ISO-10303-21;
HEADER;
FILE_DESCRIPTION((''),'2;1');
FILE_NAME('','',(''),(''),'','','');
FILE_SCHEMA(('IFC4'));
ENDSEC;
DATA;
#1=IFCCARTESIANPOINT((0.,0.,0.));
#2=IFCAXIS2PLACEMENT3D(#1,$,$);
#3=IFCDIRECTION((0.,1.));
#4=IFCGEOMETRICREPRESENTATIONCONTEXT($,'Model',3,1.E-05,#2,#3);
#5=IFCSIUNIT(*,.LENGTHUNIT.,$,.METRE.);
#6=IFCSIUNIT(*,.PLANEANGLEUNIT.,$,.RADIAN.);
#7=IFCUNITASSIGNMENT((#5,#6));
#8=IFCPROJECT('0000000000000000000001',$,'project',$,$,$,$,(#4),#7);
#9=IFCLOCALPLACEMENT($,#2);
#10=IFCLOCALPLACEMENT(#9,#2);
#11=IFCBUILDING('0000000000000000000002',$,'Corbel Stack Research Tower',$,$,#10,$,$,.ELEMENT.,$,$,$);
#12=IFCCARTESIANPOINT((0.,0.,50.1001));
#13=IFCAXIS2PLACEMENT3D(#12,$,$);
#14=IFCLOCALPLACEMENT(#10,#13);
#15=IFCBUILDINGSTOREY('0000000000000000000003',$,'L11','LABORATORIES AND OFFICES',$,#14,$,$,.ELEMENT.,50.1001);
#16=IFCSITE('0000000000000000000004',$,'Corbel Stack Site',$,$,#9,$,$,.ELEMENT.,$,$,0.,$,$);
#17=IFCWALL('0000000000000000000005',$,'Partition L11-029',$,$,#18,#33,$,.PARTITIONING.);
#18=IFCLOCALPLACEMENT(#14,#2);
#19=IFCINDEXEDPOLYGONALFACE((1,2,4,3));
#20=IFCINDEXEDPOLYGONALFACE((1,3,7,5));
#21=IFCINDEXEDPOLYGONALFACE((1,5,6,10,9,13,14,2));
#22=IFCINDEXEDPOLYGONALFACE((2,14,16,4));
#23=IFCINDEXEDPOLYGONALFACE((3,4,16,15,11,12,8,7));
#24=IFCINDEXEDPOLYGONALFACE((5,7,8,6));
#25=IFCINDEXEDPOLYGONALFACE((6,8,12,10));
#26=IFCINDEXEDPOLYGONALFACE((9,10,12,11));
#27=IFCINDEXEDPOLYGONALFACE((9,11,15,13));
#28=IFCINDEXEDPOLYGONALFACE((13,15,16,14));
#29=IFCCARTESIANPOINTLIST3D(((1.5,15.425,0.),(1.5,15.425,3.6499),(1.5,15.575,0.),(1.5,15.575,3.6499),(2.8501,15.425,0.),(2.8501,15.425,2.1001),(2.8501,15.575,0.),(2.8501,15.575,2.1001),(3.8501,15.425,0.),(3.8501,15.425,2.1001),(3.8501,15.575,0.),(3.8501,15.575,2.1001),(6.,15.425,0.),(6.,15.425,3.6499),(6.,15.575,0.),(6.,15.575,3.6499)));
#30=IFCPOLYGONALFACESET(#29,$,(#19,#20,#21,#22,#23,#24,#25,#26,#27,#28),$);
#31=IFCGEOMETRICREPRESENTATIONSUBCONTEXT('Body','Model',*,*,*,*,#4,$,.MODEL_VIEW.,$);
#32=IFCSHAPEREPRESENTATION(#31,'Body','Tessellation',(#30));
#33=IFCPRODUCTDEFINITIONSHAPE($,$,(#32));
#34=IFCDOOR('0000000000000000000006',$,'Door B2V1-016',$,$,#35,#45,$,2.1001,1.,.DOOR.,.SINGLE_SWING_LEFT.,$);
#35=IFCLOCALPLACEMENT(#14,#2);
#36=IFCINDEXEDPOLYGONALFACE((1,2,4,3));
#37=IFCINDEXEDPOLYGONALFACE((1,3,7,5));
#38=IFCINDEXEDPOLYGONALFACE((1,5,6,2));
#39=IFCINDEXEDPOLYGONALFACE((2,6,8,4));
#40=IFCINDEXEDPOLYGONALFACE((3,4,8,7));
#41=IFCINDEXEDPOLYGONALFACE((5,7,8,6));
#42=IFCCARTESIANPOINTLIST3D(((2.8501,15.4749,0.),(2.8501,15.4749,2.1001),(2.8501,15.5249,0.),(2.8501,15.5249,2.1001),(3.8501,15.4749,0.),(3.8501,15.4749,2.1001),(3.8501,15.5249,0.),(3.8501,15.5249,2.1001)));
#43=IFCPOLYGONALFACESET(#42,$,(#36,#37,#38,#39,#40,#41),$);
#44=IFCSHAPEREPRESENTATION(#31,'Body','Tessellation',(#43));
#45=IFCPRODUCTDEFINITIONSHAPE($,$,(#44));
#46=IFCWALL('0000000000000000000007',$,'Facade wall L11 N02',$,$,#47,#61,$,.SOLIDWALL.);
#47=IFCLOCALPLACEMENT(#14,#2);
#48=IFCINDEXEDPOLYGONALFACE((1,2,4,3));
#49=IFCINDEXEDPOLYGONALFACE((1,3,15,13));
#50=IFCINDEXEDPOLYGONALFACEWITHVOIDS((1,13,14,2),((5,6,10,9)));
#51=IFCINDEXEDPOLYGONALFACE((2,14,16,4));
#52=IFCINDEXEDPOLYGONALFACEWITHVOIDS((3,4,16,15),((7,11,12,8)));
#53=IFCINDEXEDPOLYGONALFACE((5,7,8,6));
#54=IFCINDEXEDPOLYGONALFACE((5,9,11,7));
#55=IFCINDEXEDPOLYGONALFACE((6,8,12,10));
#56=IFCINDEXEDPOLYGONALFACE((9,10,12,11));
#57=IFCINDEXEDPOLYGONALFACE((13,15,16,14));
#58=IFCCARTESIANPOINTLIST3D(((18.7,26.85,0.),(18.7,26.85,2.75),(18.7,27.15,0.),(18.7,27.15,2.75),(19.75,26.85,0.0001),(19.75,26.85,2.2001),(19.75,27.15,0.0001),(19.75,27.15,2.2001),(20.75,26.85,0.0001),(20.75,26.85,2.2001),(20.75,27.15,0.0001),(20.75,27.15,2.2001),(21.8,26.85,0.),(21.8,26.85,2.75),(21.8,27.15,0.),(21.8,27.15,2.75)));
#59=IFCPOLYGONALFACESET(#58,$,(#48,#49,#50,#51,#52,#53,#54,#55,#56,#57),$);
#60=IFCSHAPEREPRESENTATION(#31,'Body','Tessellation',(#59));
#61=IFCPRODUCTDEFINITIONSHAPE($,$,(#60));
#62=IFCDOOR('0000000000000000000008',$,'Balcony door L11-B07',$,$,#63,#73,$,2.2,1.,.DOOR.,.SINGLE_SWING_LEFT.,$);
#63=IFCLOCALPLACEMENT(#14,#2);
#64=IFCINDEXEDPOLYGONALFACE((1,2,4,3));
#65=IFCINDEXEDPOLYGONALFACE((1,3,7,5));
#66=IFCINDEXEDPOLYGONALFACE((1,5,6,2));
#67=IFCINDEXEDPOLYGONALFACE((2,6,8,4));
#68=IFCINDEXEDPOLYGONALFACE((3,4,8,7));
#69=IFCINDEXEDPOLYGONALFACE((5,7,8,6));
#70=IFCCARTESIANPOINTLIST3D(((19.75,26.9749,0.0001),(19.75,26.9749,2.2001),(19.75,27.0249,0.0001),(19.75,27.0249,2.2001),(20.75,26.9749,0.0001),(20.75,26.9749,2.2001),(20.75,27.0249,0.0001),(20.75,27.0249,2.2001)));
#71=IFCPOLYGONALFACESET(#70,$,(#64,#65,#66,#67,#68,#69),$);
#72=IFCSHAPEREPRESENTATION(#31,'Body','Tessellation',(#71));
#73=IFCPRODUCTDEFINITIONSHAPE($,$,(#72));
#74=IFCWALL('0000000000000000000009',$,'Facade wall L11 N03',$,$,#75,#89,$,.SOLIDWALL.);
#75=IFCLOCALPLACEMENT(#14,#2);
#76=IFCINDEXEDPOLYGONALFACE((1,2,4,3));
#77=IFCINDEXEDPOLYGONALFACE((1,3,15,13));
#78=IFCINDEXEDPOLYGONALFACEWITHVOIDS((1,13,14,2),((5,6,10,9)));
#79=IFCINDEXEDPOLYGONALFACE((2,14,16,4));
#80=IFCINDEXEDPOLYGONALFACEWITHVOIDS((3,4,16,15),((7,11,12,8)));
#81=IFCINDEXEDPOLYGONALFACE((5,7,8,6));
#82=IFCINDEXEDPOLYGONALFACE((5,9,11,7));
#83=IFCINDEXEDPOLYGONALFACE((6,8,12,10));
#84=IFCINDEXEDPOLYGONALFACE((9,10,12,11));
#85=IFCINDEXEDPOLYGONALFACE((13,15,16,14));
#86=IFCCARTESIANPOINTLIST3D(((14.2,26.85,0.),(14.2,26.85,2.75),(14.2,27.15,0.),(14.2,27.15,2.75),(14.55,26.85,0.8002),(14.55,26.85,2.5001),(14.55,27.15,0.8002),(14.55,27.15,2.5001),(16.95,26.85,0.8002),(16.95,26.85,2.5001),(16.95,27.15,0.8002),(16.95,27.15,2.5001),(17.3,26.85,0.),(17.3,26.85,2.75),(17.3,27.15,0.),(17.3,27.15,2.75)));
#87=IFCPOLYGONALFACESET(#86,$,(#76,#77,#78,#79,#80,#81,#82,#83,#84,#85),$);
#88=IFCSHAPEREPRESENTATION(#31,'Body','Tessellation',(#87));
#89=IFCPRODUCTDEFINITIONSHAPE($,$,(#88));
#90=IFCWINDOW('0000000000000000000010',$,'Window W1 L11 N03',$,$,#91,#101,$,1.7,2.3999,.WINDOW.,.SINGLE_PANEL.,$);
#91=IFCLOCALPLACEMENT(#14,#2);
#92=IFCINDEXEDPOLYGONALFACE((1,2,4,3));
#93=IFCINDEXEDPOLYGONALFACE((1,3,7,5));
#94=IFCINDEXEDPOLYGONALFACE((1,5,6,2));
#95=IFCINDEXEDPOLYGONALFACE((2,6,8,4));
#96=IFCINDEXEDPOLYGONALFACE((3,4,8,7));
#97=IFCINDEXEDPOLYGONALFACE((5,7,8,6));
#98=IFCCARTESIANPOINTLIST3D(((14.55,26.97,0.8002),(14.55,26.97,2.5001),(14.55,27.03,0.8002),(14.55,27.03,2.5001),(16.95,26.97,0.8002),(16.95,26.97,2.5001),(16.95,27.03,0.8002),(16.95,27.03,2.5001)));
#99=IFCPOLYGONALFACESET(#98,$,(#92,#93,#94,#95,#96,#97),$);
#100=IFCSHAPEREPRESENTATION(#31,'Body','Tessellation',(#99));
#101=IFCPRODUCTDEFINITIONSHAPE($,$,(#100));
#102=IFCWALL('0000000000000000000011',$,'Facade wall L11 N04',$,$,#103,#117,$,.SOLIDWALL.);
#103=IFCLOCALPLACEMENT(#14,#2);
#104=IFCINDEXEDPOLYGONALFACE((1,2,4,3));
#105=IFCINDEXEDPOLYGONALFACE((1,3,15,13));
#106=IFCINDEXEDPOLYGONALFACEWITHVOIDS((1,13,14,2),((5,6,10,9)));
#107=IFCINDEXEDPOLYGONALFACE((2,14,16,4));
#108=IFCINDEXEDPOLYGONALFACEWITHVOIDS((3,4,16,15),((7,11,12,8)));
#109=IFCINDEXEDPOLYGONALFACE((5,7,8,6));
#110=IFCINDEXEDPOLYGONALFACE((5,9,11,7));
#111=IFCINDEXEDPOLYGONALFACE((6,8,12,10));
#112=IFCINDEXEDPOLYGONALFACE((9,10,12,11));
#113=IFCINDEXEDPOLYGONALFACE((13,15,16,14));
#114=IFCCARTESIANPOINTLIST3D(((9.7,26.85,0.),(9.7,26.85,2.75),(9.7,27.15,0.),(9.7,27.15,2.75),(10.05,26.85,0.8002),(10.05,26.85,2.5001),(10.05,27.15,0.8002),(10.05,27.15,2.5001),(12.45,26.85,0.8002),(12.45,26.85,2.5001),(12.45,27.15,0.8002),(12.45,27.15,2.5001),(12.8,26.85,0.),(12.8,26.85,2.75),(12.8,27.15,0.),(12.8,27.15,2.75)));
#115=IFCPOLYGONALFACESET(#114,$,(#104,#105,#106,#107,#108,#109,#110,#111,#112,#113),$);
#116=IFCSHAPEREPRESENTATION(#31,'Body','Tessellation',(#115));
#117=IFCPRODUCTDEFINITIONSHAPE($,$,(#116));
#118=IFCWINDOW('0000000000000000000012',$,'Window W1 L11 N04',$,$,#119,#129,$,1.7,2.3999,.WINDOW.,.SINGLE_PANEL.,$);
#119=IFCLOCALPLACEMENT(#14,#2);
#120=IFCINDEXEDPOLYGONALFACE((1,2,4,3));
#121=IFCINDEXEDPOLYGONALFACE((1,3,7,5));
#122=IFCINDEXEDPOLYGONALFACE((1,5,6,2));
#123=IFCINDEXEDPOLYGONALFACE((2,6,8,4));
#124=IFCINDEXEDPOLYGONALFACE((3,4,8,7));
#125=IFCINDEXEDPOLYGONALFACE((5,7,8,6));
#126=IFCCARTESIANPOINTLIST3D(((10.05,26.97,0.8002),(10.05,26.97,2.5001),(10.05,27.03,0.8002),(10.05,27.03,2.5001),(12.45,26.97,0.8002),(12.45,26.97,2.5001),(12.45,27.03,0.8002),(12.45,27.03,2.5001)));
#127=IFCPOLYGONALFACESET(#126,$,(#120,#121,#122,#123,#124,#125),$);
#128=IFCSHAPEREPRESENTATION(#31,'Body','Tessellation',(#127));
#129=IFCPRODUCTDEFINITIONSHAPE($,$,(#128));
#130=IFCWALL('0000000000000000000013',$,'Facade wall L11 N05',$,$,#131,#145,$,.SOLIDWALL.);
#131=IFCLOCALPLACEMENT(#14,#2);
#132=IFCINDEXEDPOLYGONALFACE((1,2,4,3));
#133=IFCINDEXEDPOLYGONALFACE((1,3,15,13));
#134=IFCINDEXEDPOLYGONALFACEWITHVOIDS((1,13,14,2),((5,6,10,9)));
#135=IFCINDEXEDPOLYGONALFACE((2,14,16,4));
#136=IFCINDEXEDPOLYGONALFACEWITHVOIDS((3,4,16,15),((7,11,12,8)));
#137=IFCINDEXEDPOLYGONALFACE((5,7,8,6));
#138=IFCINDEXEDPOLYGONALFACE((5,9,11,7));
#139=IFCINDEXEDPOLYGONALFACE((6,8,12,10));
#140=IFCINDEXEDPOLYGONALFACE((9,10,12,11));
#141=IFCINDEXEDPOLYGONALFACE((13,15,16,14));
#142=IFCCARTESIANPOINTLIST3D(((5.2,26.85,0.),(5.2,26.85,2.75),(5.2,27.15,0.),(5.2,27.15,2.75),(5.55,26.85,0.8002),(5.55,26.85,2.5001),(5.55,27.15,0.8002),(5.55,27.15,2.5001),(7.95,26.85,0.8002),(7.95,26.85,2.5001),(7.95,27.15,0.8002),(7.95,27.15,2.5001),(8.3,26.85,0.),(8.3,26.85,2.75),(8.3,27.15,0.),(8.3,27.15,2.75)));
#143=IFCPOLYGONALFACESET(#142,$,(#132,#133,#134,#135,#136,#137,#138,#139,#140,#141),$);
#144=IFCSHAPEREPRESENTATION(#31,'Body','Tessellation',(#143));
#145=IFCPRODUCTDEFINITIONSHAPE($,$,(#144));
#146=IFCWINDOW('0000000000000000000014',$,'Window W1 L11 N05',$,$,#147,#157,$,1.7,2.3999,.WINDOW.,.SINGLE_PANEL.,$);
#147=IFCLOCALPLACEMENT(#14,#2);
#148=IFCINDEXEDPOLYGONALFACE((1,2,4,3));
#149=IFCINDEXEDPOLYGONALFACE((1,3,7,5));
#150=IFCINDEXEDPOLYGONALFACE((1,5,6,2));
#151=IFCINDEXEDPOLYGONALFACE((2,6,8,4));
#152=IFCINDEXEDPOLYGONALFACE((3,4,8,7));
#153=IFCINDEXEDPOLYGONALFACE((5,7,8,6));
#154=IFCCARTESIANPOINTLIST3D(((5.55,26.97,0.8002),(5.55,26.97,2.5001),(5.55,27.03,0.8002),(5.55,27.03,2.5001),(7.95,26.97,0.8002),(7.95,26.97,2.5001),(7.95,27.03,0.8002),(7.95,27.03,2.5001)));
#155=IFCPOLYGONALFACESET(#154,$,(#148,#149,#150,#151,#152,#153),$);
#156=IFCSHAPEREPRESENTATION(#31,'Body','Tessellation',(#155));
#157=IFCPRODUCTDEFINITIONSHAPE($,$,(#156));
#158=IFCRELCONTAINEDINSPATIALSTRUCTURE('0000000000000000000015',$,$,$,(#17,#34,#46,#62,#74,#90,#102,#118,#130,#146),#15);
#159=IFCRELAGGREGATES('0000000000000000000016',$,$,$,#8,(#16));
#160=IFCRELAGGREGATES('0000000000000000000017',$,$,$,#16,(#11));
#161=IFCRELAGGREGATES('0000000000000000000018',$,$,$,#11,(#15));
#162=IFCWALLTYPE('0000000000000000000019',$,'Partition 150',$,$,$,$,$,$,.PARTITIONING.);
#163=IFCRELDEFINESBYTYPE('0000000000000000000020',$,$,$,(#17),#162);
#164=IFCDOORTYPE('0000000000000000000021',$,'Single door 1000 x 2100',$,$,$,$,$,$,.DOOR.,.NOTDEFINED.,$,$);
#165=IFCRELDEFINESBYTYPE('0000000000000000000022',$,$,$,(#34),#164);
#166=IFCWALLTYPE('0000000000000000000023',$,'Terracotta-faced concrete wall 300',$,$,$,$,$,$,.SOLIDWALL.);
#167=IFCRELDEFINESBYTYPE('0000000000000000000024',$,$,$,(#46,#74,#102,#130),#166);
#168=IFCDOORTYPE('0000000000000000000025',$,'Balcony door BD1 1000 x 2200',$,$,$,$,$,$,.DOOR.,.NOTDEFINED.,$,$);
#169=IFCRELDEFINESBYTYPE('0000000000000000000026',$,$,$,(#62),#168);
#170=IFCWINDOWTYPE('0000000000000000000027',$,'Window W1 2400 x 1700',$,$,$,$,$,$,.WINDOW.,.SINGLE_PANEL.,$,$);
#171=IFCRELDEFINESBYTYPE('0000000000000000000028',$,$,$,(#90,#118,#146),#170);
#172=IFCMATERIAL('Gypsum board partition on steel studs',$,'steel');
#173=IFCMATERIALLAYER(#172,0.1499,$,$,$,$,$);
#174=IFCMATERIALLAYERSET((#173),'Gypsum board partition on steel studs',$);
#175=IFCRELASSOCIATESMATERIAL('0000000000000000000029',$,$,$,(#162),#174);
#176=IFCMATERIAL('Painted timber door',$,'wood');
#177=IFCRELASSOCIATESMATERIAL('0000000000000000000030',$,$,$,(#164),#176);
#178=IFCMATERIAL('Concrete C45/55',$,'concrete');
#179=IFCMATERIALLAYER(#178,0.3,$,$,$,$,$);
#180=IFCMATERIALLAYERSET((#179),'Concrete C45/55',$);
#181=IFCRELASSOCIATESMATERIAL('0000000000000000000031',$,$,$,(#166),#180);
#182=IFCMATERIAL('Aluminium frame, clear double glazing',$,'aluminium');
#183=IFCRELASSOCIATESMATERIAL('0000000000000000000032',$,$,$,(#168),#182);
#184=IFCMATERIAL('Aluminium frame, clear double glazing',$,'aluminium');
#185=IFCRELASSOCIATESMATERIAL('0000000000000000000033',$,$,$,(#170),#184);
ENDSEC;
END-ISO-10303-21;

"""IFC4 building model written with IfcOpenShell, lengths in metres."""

from ifc_helpers import new_model, si_unit, direction, frame, frame_2d, origin, place, context, subcontext, project, spatial, rectangle, extrude, material, layer, layer_set, type_object, element, fill, save


model = new_model("IFC4")

# Units and contexts
model_context = context("Model", 3, precision=1e-05, world=origin(), true_north=direction((0.0, 1.0)))
body_context = subcontext(model_context, "Body", "Model", "MODEL_VIEW")
ifc_project = project(units=[si_unit("LENGTHUNIT", "METRE"), si_unit("PLANEANGLEUNIT", "RADIAN")], contexts=[model_context])

# Site, building, storey
site_placement = place(None, origin())
site = spatial("IfcSite", under=ifc_project, at=site_placement, Name="Corbel Stack Site", CompositionType="ELEMENT", RefElevation=0.0)
building_placement = place(site_placement, origin())
building = spatial("IfcBuilding", under=site, at=building_placement, Name="Corbel Stack Research Tower", CompositionType="ELEMENT")
storey_placement = place(building_placement, frame((0.0, 0.0, 50.1001)))
storey = spatial("IfcBuildingStorey", under=building, at=storey_placement, Name="L11", Description="LABORATORIES AND OFFICES", CompositionType="ELEMENT", Elevation=50.1001)

# Walls, openings, doors
ifc_material_1 = material(Name="Gypsum board partition on steel studs", Category="steel")
ifc_layer_1 = layer(ifc_material_1, 0.1499)
ifc_layer_set_1 = layer_set([ifc_layer_1], Name="Gypsum board partition on steel studs")
wall_type_1 = type_object("IfcWallType", Name="Partition 150", PredefinedType="PARTITIONING", material=ifc_layer_set_1)
wall_1_placement = place(storey_placement, frame((1.5, 15.5, 0.0), z_axis=(0.0, 0.0, 1.0), x_axis=(1.0, 0.0, 0.0)))
wall_1 = element("IfcWall", 1, at=wall_1_placement, inside=storey, type_object=wall_type_1, Name="Partition L11-029", PredefinedType="PARTITIONING", context=body_context, shape_type="SweptSolid", body=[
    extrude(rectangle(XDim=4.5, YDim=0.1499, at=frame_2d((2.25, 0.0))), origin(), (0.0, 0.0, 1.0), 3.6499),
])
opening_1_placement = place(wall_1_placement, frame((1.3501, 0.0, 0.0)))
opening_1 = element("IfcOpeningElement", 2, at=opening_1_placement, cuts=wall_1, PredefinedType="OPENING", context=body_context, shape_type="SweptSolid", body=[
    extrude(rectangle(XDim=1.0, YDim=2.1001, at=frame_2d((0.5, 1.05))), frame((0.0, 0.085, 0.0), z_axis=(0.0, -1.0, 0.0), x_axis=(1.0, 0.0, 0.0)), (0.0, 0.0, 1.0), 0.1699),
])
ifc_material_2 = material(Name="Painted timber door", Category="wood")
door_type_1 = type_object("IfcDoorType", Name="Single door 1000 x 2100", OperationType="NOTDEFINED", PredefinedType="DOOR", material=ifc_material_2)
door_1_placement = place(opening_1_placement, origin())
door_1 = element("IfcDoor", 3, at=door_1_placement, inside=storey, type_object=door_type_1, Name="Door B2V1-016", OperationType="SINGLE_SWING_LEFT", OverallHeight=2.1001, OverallWidth=1.0, PredefinedType="DOOR", context=body_context, shape_type="SweptSolid", body=[
    extrude(rectangle(XDim=1.0, YDim=2.1001, at=frame_2d((0.5, 1.05))), frame((0.0, 0.0249, 0.0), z_axis=(0.0, -1.0, 0.0), x_axis=(1.0, 0.0, 0.0)), (0.0, 0.0, 1.0), 0.05),
])
fill(opening_1, door_1)
ifc_material_3 = material(Name="Concrete C45/55", Category="concrete")
ifc_layer_2 = layer(ifc_material_3, 0.3)
ifc_layer_set_2 = layer_set([ifc_layer_2], Name="Concrete C45/55")
wall_type_2 = type_object("IfcWallType", Name="Terracotta-faced concrete wall 300", PredefinedType="SOLIDWALL", material=ifc_layer_set_2)
wall_2_placement = place(storey_placement, frame((18.7, 27.0, 0.0), z_axis=(0.0, 0.0, 1.0), x_axis=(1.0, 0.0, 0.0)))
wall_2 = element("IfcWall", 4, at=wall_2_placement, inside=storey, type_object=wall_type_2, Name="Facade wall L11 N02", PredefinedType="SOLIDWALL", context=body_context, shape_type="SweptSolid", body=[
    extrude(rectangle(XDim=3.1001, YDim=0.3, at=frame_2d((1.55, 0.0))), origin(), (0.0, 0.0, 1.0), 2.75),
])
opening_2_placement = place(wall_2_placement, frame((1.05, 0.0, 0.0)))
opening_2 = element("IfcOpeningElement", 5, at=opening_2_placement, cuts=wall_2, PredefinedType="OPENING", context=body_context, shape_type="SweptSolid", body=[
    extrude(rectangle(XDim=1.0, YDim=2.2, at=frame_2d((0.5, 1.1001))), frame((0.0, 0.1599, 0.0), z_axis=(0.0, -1.0, 0.0), x_axis=(1.0, 0.0, 0.0)), (0.0, 0.0, 1.0), 0.3201),
])
ifc_material_4 = material(Name="Aluminium frame, clear double glazing", Category="aluminium")
door_type_2 = type_object("IfcDoorType", Name="Balcony door BD1 1000 x 2200", OperationType="NOTDEFINED", PredefinedType="DOOR", material=ifc_material_4)
door_2_placement = place(opening_2_placement, origin())
door_2 = element("IfcDoor", 6, at=door_2_placement, inside=storey, type_object=door_type_2, Name="Balcony door L11-B07", OperationType="SINGLE_SWING_LEFT", OverallHeight=2.2, OverallWidth=1.0, PredefinedType="DOOR", context=body_context, shape_type="SweptSolid", body=[
    extrude(rectangle(XDim=1.0, YDim=2.2, at=frame_2d((0.5, 1.1001))), frame((0.0, 0.0249, 0.0), z_axis=(0.0, -1.0, 0.0), x_axis=(1.0, 0.0, 0.0)), (0.0, 0.0, 1.0), 0.05),
])
fill(opening_2, door_2)

# Walls, openings, windows
wall_3_placement = place(storey_placement, frame((14.2, 27.0, 0.0), z_axis=(0.0, 0.0, 1.0), x_axis=(1.0, 0.0, 0.0)))
wall_3 = element("IfcWall", 7, at=wall_3_placement, inside=storey, type_object=wall_type_2, Name="Facade wall L11 N03", PredefinedType="SOLIDWALL", context=body_context, shape_type="SweptSolid", body=[
    extrude(rectangle(XDim=3.1001, YDim=0.3, at=frame_2d((1.55, 0.0))), origin(), (0.0, 0.0, 1.0), 2.75),
])
opening_3_placement = place(wall_3_placement, frame((0.3501, 0.0, 0.8)))
opening_3 = element("IfcOpeningElement", 8, at=opening_3_placement, cuts=wall_3, PredefinedType="OPENING", context=body_context, shape_type="SweptSolid", body=[
    extrude(rectangle(XDim=2.3999, YDim=1.7, at=frame_2d((1.2, 0.8501))), frame((0.0, 0.1599, 0.0), z_axis=(0.0, -1.0, 0.0), x_axis=(1.0, 0.0, 0.0)), (0.0, 0.0, 1.0), 0.3201),
])
ifc_material_5 = material(Name="Aluminium frame, clear double glazing", Category="aluminium")
window_type = type_object("IfcWindowType", Name="Window W1 2400 x 1700", PartitioningType="SINGLE_PANEL", PredefinedType="WINDOW", material=ifc_material_5)
window_1_placement = place(opening_3_placement, origin())
window_1 = element("IfcWindow", 9, at=window_1_placement, inside=storey, type_object=window_type, Name="Window W1 L11 N03", OverallHeight=1.7, OverallWidth=2.3999, PartitioningType="SINGLE_PANEL", PredefinedType="WINDOW", context=body_context, shape_type="SweptSolid", body=[
    extrude(rectangle(XDim=2.3999, YDim=1.7, at=frame_2d((1.2, 0.8501))), frame((0.0, 0.03, 0.0), z_axis=(0.0, -1.0, 0.0), x_axis=(1.0, 0.0, 0.0)), (0.0, 0.0, 1.0), 0.0601),
])
fill(opening_3, window_1)
wall_4_placement = place(storey_placement, frame((9.7, 27.0, 0.0), z_axis=(0.0, 0.0, 1.0), x_axis=(1.0, 0.0, 0.0)))
wall_4 = element("IfcWall", 10, at=wall_4_placement, inside=storey, type_object=wall_type_2, Name="Facade wall L11 N04", PredefinedType="SOLIDWALL", context=body_context, shape_type="SweptSolid", body=[
    extrude(rectangle(XDim=3.1001, YDim=0.3, at=frame_2d((1.55, 0.0))), origin(), (0.0, 0.0, 1.0), 2.75),
])
opening_4_placement = place(wall_4_placement, frame((0.3501, 0.0, 0.8)))
opening_4 = element("IfcOpeningElement", 11, at=opening_4_placement, cuts=wall_4, PredefinedType="OPENING", context=body_context, shape_type="SweptSolid", body=[
    extrude(rectangle(XDim=2.3999, YDim=1.7, at=frame_2d((1.2, 0.8501))), frame((0.0, 0.1599, 0.0), z_axis=(0.0, -1.0, 0.0), x_axis=(1.0, 0.0, 0.0)), (0.0, 0.0, 1.0), 0.3201),
])
window_2_placement = place(opening_4_placement, origin())
window_2 = element("IfcWindow", 12, at=window_2_placement, inside=storey, type_object=window_type, Name="Window W1 L11 N04", OverallHeight=1.7, OverallWidth=2.3999, PartitioningType="SINGLE_PANEL", PredefinedType="WINDOW", context=body_context, shape_type="SweptSolid", body=[
    extrude(rectangle(XDim=2.3999, YDim=1.7, at=frame_2d((1.2, 0.8501))), frame((0.0, 0.03, 0.0), z_axis=(0.0, -1.0, 0.0), x_axis=(1.0, 0.0, 0.0)), (0.0, 0.0, 1.0), 0.0601),
])
fill(opening_4, window_2)
wall_5_placement = place(storey_placement, frame((5.2, 27.0, 0.0), z_axis=(0.0, 0.0, 1.0), x_axis=(1.0, 0.0, 0.0)))
wall_5 = element("IfcWall", 13, at=wall_5_placement, inside=storey, type_object=wall_type_2, Name="Facade wall L11 N05", PredefinedType="SOLIDWALL", context=body_context, shape_type="SweptSolid", body=[
    extrude(rectangle(XDim=3.1001, YDim=0.3, at=frame_2d((1.55, 0.0))), origin(), (0.0, 0.0, 1.0), 2.75),
])
opening_5_placement = place(wall_5_placement, frame((0.3501, 0.0, 0.8)))
opening_5 = element("IfcOpeningElement", 14, at=opening_5_placement, cuts=wall_5, PredefinedType="OPENING", context=body_context, shape_type="SweptSolid", body=[
    extrude(rectangle(XDim=2.3999, YDim=1.7, at=frame_2d((1.2, 0.8501))), frame((0.0, 0.1599, 0.0), z_axis=(0.0, -1.0, 0.0), x_axis=(1.0, 0.0, 0.0)), (0.0, 0.0, 1.0), 0.3201),
])
window_3_placement = place(opening_5_placement, origin())
window_3 = element("IfcWindow", 15, at=window_3_placement, inside=storey, type_object=window_type, Name="Window W1 L11 N05", OverallHeight=1.7, OverallWidth=2.3999, PartitioningType="SINGLE_PANEL", PredefinedType="WINDOW", context=body_context, shape_type="SweptSolid", body=[
    extrude(rectangle(XDim=2.3999, YDim=1.7, at=frame_2d((1.2, 0.8501))), frame((0.0, 0.03, 0.0), z_axis=(0.0, -1.0, 0.0), x_axis=(1.0, 0.0, 0.0)), (0.0, 0.0, 1.0), 0.0601),
])
fill(opening_5, window_3)

save(model, "model.ifc")
